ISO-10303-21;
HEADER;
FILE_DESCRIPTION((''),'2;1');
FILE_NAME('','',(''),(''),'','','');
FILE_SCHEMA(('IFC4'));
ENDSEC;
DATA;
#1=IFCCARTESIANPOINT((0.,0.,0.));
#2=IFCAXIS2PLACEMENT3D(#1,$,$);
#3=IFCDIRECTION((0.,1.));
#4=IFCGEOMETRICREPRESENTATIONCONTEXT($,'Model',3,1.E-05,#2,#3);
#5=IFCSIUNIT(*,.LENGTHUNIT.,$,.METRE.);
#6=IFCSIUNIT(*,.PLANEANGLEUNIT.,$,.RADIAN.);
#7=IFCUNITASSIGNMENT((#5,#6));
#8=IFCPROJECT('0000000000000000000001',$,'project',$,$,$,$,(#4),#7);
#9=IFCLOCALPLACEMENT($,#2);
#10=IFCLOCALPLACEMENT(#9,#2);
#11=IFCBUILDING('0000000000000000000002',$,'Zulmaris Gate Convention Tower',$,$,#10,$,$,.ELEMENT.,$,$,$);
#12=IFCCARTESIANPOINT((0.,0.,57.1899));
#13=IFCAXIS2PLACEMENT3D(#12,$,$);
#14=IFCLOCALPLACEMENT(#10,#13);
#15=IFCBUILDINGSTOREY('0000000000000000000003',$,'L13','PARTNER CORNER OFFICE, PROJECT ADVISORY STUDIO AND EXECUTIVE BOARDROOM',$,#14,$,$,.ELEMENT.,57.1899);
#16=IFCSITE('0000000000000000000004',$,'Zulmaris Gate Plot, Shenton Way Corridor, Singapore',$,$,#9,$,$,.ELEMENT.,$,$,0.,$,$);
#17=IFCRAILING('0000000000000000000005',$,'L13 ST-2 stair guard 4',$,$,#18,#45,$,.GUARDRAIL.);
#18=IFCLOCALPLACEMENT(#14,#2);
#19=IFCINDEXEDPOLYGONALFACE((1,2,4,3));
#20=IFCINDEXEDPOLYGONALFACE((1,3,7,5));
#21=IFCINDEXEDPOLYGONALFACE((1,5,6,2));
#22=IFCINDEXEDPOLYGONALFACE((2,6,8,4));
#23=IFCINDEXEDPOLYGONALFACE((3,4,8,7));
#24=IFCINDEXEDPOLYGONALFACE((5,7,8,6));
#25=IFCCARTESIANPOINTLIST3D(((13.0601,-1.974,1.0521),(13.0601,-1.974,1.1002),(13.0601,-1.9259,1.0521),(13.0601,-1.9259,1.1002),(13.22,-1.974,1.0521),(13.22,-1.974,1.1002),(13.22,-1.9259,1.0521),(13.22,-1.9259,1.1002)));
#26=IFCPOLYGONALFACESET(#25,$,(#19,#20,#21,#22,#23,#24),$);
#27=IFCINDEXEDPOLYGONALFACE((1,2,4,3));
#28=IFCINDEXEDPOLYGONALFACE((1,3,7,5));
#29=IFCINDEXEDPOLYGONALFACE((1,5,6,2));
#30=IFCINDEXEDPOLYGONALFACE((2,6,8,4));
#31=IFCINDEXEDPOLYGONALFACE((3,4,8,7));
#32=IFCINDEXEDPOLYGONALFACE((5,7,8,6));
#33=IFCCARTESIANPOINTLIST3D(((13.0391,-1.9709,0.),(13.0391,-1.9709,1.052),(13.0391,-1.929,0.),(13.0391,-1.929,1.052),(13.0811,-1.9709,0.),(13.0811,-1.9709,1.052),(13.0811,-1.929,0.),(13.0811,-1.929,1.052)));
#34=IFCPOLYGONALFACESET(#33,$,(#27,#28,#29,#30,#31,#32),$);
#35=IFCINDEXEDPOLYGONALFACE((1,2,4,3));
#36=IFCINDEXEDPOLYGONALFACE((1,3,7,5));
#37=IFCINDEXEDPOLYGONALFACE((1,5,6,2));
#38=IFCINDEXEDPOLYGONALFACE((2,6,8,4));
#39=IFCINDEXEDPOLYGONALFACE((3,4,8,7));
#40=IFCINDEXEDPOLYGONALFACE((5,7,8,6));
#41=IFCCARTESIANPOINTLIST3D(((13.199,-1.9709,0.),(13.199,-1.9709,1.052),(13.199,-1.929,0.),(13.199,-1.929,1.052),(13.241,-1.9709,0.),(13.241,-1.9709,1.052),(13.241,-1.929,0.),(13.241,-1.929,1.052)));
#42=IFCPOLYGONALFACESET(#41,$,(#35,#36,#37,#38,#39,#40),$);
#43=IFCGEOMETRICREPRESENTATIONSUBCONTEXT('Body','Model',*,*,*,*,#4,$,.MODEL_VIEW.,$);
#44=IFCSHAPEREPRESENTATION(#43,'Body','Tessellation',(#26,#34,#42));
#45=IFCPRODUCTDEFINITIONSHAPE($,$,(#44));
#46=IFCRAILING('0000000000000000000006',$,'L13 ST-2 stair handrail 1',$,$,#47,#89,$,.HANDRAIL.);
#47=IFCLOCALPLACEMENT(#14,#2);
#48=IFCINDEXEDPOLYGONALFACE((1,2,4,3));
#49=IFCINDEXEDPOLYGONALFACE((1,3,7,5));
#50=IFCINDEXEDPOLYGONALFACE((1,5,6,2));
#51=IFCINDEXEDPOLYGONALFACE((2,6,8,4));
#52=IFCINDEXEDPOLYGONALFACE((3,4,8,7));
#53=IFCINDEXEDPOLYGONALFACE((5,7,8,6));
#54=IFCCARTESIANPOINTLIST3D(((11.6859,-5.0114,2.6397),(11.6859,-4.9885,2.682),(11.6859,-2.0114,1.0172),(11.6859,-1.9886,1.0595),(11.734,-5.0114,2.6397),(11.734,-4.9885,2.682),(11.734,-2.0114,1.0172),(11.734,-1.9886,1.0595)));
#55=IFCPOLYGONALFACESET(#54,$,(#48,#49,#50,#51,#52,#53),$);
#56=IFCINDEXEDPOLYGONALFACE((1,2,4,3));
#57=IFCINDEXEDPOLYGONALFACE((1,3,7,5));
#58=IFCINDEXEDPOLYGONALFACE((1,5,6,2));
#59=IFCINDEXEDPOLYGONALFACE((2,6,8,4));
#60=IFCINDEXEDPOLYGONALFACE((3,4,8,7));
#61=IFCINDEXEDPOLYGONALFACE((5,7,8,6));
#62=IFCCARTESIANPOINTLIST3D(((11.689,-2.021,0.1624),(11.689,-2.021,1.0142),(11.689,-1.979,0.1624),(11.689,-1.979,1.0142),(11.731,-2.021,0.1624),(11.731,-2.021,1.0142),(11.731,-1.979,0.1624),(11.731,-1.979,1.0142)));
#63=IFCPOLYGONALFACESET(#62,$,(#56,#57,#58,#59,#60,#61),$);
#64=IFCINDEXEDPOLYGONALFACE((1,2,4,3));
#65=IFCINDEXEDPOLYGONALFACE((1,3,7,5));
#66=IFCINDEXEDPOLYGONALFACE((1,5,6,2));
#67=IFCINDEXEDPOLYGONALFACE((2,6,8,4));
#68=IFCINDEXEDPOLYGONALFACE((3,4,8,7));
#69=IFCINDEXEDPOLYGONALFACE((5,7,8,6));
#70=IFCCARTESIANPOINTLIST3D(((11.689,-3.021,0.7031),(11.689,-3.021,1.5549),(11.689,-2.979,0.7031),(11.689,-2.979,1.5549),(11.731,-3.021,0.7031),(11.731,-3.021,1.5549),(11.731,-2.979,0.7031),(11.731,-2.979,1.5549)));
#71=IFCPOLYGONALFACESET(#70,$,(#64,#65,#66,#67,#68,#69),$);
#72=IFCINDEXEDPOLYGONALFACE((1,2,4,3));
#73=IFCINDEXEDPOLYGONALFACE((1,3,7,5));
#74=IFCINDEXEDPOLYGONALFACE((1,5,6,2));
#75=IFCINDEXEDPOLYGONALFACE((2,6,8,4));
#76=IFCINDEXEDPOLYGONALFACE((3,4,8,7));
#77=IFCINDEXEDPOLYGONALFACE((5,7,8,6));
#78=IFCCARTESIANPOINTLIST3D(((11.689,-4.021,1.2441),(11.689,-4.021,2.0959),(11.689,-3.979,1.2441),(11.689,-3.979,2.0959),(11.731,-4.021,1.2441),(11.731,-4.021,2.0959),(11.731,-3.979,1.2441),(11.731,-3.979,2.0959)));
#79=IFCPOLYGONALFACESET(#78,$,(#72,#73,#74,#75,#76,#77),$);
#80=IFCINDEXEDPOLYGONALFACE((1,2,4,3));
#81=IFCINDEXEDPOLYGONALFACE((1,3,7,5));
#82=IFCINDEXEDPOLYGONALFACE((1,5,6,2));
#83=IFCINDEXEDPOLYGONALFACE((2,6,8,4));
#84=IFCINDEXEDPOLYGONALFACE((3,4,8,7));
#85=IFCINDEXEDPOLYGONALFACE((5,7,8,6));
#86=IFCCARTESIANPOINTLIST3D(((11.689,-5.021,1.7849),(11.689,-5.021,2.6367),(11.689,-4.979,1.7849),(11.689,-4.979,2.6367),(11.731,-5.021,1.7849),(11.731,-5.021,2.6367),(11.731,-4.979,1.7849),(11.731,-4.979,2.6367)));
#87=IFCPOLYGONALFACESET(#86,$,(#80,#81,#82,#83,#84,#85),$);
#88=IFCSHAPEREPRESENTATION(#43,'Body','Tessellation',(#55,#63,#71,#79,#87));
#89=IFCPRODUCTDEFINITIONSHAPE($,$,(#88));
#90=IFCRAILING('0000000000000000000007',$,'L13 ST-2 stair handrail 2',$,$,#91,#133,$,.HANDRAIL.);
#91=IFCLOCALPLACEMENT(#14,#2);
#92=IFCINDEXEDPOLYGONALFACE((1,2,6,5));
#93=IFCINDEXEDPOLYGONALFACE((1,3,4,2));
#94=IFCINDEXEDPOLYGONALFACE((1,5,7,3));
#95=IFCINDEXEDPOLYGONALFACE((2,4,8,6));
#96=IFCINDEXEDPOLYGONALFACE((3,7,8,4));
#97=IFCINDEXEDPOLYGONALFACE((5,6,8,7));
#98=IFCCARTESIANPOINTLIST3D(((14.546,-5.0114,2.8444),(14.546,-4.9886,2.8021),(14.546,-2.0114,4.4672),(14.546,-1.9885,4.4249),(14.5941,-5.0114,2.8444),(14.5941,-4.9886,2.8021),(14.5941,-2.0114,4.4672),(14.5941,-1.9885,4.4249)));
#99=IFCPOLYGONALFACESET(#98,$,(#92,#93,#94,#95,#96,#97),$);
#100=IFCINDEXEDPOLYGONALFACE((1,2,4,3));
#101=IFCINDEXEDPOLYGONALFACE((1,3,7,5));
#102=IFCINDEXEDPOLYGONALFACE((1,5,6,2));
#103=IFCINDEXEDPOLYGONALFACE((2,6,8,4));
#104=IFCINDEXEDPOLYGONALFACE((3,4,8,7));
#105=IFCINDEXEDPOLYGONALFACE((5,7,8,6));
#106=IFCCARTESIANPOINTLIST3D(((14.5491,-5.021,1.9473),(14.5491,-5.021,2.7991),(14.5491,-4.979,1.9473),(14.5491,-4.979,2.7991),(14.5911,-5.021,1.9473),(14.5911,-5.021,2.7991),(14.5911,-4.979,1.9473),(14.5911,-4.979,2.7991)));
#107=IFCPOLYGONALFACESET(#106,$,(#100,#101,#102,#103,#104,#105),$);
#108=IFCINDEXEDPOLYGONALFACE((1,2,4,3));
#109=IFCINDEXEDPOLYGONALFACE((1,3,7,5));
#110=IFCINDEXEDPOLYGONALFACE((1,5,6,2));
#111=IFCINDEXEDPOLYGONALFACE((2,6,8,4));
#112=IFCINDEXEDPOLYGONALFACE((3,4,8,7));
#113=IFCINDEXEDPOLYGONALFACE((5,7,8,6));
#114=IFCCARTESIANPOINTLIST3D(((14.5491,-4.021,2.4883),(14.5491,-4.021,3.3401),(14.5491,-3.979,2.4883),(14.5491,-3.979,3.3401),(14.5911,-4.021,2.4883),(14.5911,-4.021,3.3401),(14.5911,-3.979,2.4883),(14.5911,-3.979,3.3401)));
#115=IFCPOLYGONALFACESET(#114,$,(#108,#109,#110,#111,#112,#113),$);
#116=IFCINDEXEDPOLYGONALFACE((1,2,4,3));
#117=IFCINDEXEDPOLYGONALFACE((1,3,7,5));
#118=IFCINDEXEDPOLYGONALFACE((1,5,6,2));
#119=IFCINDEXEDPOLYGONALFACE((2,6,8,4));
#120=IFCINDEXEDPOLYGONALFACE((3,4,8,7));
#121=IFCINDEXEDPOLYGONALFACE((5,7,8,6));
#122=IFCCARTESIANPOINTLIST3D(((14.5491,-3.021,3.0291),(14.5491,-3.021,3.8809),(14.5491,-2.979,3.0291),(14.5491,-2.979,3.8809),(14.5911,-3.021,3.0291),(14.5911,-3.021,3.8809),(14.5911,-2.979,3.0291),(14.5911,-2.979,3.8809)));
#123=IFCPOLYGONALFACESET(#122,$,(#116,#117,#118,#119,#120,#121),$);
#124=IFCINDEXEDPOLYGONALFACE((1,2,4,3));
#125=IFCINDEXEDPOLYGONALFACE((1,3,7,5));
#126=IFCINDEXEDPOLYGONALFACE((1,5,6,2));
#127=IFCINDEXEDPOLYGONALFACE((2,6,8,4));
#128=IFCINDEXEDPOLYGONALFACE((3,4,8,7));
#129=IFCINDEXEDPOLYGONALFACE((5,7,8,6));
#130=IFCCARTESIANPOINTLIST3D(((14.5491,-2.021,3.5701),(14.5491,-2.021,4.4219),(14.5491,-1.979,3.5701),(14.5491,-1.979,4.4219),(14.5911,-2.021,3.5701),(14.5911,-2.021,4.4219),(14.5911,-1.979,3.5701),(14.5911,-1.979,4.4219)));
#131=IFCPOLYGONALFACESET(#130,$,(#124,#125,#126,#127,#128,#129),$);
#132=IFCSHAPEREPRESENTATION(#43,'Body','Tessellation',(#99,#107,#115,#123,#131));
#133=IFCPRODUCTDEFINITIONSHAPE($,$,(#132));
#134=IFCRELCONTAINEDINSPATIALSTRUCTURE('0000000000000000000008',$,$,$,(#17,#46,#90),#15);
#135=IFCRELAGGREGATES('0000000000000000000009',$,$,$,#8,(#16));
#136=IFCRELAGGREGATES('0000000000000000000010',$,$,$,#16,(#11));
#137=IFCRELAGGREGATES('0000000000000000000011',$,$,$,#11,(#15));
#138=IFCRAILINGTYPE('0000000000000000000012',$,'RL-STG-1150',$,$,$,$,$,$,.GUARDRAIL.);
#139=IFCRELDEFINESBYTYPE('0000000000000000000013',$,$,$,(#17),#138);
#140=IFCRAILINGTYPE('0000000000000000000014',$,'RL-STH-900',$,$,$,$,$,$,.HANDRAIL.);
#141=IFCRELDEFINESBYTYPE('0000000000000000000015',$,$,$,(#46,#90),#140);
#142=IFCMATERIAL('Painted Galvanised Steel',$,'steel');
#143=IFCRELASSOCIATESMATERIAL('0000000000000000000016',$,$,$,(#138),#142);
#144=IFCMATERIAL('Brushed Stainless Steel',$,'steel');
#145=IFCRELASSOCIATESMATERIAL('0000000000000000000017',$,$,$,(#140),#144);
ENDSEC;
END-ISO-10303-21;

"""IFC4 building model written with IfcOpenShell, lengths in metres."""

from ifc_helpers import new_model, si_unit, direction, frame, origin, origin_2d, place, context, subcontext, project, spatial, rectangle, extrude, material, type_object, element, save


model = new_model("IFC4")

# Units and contexts
model_context = context("Model", 3, precision=1e-05, world=origin(), true_north=direction((0.0, 1.0)))
body_context = subcontext(model_context, "Body", "Model", "MODEL_VIEW")
ifc_project = project(units=[si_unit("LENGTHUNIT", "METRE"), si_unit("PLANEANGLEUNIT", "RADIAN")], contexts=[model_context])

# Site, building, storey
site_placement = place(None, origin())
site = spatial("IfcSite", under=ifc_project, at=site_placement, Name="Zulmaris Gate Plot, Shenton Way Corridor, Singapore", CompositionType="ELEMENT", RefElevation=0.0)
building_placement = place(site_placement, origin())
building = spatial("IfcBuilding", under=site, at=building_placement, Name="Zulmaris Gate Convention Tower", CompositionType="ELEMENT")
storey_placement = place(building_placement, frame((0.0, 0.0, 57.1899)))
storey = spatial("IfcBuildingStorey", under=building, at=storey_placement, Name="L13", Description="PARTNER CORNER OFFICE, PROJECT ADVISORY STUDIO AND EXECUTIVE BOARDROOM", CompositionType="ELEMENT", Elevation=57.1899)

# Railings
ifc_material_1 = material(Name="Painted Galvanised Steel", Category="steel")
railing_type_1 = type_object("IfcRailingType", Name="RL-STG-1150", PredefinedType="GUARDRAIL", material=ifc_material_1)
railing_1_placement = place(storey_placement, frame((13.0601, -1.95, 0.0)))
element("IfcRailing", 1, at=railing_1_placement, inside=storey, type_object=railing_type_1, Name="L13 ST-2 stair guard 4", PredefinedType="GUARDRAIL", context=body_context, shape_type="SweptSolid", body=[
    extrude(rectangle(XDim=0.0481, YDim=0.0481, at=origin_2d()), frame((0.0, 0.0, 1.0762), z_axis=(1.0, 0.0, 0.0), x_axis=(0.0, 1.0, 0.0)), (0.0, 0.0, 1.0), 0.1599),
    extrude(rectangle(XDim=0.042, YDim=0.042, at=origin_2d()), origin(), (0.0, 0.0, 1.0), 1.052),
    extrude(rectangle(XDim=0.042, YDim=0.042, at=origin_2d()), frame((0.1599, 0.0, 0.0)), (0.0, 0.0, 1.0), 1.052),
])
ifc_material_2 = material(Name="Brushed Stainless Steel", Category="steel")
railing_type_2 = type_object("IfcRailingType", Name="RL-STH-900", PredefinedType="HANDRAIL", material=ifc_material_2)
railing_2_placement = place(storey_placement, frame((11.71, -2.0, 0.1624)))
element("IfcRailing", 2, at=railing_2_placement, inside=storey, type_object=railing_type_2, Name="L13 ST-2 stair handrail 1", PredefinedType="HANDRAIL", context=body_context, shape_type="SweptSolid", body=[
    extrude(rectangle(XDim=0.0481, YDim=0.0481, at=origin_2d()), frame((0.0, 0.0, 0.876), z_axis=(0.0, -0.879592, 0.47573), x_axis=(1.0, 0.0, 0.0)), (0.0, 0.0, 1.0), 3.4106),
    extrude(rectangle(XDim=0.042, YDim=0.042, at=origin_2d()), origin(), (0.0, 0.0, 1.0), 0.8518),
    extrude(rectangle(XDim=0.042, YDim=0.042, at=origin_2d()), frame((0.0, -1.0, 0.5408)), (0.0, 0.0, 1.0), 0.8518),
    extrude(rectangle(XDim=0.042, YDim=0.042, at=origin_2d()), frame((0.0, -2.0, 1.0818)), (0.0, 0.0, 1.0), 0.8518),
    extrude(rectangle(XDim=0.042, YDim=0.042, at=origin_2d()), frame((0.0, -3.0, 1.6226)), (0.0, 0.0, 1.0), 0.8518),
])
railing_3_placement = place(storey_placement, frame((14.5701, -5.0, 1.9473)))
element("IfcRailing", 3, at=railing_3_placement, inside=storey, type_object=railing_type_2, Name="L13 ST-2 stair handrail 2", PredefinedType="HANDRAIL", context=body_context, shape_type="SweptSolid", body=[
    extrude(rectangle(XDim=0.0481, YDim=0.0481, at=origin_2d()), frame((0.0, 0.0, 0.876), z_axis=(0.0, 0.879562, 0.475785), x_axis=(-1.0, 0.0, 0.0)), (0.0, 0.0, 1.0), 3.4109),
    extrude(rectangle(XDim=0.042, YDim=0.042, at=origin_2d()), origin(), (0.0, 0.0, 1.0), 0.8518),
    extrude(rectangle(XDim=0.042, YDim=0.042, at=origin_2d()), frame((0.0, 1.0, 0.541)), (0.0, 0.0, 1.0), 0.8518),
    extrude(rectangle(XDim=0.042, YDim=0.042, at=origin_2d()), frame((0.0, 2.0, 1.0818)), (0.0, 0.0, 1.0), 0.8518),
    extrude(rectangle(XDim=0.042, YDim=0.042, at=origin_2d()), frame((0.0, 3.0, 1.6228)), (0.0, 0.0, 1.0), 0.8518),
])

save(model, "model.ifc")
